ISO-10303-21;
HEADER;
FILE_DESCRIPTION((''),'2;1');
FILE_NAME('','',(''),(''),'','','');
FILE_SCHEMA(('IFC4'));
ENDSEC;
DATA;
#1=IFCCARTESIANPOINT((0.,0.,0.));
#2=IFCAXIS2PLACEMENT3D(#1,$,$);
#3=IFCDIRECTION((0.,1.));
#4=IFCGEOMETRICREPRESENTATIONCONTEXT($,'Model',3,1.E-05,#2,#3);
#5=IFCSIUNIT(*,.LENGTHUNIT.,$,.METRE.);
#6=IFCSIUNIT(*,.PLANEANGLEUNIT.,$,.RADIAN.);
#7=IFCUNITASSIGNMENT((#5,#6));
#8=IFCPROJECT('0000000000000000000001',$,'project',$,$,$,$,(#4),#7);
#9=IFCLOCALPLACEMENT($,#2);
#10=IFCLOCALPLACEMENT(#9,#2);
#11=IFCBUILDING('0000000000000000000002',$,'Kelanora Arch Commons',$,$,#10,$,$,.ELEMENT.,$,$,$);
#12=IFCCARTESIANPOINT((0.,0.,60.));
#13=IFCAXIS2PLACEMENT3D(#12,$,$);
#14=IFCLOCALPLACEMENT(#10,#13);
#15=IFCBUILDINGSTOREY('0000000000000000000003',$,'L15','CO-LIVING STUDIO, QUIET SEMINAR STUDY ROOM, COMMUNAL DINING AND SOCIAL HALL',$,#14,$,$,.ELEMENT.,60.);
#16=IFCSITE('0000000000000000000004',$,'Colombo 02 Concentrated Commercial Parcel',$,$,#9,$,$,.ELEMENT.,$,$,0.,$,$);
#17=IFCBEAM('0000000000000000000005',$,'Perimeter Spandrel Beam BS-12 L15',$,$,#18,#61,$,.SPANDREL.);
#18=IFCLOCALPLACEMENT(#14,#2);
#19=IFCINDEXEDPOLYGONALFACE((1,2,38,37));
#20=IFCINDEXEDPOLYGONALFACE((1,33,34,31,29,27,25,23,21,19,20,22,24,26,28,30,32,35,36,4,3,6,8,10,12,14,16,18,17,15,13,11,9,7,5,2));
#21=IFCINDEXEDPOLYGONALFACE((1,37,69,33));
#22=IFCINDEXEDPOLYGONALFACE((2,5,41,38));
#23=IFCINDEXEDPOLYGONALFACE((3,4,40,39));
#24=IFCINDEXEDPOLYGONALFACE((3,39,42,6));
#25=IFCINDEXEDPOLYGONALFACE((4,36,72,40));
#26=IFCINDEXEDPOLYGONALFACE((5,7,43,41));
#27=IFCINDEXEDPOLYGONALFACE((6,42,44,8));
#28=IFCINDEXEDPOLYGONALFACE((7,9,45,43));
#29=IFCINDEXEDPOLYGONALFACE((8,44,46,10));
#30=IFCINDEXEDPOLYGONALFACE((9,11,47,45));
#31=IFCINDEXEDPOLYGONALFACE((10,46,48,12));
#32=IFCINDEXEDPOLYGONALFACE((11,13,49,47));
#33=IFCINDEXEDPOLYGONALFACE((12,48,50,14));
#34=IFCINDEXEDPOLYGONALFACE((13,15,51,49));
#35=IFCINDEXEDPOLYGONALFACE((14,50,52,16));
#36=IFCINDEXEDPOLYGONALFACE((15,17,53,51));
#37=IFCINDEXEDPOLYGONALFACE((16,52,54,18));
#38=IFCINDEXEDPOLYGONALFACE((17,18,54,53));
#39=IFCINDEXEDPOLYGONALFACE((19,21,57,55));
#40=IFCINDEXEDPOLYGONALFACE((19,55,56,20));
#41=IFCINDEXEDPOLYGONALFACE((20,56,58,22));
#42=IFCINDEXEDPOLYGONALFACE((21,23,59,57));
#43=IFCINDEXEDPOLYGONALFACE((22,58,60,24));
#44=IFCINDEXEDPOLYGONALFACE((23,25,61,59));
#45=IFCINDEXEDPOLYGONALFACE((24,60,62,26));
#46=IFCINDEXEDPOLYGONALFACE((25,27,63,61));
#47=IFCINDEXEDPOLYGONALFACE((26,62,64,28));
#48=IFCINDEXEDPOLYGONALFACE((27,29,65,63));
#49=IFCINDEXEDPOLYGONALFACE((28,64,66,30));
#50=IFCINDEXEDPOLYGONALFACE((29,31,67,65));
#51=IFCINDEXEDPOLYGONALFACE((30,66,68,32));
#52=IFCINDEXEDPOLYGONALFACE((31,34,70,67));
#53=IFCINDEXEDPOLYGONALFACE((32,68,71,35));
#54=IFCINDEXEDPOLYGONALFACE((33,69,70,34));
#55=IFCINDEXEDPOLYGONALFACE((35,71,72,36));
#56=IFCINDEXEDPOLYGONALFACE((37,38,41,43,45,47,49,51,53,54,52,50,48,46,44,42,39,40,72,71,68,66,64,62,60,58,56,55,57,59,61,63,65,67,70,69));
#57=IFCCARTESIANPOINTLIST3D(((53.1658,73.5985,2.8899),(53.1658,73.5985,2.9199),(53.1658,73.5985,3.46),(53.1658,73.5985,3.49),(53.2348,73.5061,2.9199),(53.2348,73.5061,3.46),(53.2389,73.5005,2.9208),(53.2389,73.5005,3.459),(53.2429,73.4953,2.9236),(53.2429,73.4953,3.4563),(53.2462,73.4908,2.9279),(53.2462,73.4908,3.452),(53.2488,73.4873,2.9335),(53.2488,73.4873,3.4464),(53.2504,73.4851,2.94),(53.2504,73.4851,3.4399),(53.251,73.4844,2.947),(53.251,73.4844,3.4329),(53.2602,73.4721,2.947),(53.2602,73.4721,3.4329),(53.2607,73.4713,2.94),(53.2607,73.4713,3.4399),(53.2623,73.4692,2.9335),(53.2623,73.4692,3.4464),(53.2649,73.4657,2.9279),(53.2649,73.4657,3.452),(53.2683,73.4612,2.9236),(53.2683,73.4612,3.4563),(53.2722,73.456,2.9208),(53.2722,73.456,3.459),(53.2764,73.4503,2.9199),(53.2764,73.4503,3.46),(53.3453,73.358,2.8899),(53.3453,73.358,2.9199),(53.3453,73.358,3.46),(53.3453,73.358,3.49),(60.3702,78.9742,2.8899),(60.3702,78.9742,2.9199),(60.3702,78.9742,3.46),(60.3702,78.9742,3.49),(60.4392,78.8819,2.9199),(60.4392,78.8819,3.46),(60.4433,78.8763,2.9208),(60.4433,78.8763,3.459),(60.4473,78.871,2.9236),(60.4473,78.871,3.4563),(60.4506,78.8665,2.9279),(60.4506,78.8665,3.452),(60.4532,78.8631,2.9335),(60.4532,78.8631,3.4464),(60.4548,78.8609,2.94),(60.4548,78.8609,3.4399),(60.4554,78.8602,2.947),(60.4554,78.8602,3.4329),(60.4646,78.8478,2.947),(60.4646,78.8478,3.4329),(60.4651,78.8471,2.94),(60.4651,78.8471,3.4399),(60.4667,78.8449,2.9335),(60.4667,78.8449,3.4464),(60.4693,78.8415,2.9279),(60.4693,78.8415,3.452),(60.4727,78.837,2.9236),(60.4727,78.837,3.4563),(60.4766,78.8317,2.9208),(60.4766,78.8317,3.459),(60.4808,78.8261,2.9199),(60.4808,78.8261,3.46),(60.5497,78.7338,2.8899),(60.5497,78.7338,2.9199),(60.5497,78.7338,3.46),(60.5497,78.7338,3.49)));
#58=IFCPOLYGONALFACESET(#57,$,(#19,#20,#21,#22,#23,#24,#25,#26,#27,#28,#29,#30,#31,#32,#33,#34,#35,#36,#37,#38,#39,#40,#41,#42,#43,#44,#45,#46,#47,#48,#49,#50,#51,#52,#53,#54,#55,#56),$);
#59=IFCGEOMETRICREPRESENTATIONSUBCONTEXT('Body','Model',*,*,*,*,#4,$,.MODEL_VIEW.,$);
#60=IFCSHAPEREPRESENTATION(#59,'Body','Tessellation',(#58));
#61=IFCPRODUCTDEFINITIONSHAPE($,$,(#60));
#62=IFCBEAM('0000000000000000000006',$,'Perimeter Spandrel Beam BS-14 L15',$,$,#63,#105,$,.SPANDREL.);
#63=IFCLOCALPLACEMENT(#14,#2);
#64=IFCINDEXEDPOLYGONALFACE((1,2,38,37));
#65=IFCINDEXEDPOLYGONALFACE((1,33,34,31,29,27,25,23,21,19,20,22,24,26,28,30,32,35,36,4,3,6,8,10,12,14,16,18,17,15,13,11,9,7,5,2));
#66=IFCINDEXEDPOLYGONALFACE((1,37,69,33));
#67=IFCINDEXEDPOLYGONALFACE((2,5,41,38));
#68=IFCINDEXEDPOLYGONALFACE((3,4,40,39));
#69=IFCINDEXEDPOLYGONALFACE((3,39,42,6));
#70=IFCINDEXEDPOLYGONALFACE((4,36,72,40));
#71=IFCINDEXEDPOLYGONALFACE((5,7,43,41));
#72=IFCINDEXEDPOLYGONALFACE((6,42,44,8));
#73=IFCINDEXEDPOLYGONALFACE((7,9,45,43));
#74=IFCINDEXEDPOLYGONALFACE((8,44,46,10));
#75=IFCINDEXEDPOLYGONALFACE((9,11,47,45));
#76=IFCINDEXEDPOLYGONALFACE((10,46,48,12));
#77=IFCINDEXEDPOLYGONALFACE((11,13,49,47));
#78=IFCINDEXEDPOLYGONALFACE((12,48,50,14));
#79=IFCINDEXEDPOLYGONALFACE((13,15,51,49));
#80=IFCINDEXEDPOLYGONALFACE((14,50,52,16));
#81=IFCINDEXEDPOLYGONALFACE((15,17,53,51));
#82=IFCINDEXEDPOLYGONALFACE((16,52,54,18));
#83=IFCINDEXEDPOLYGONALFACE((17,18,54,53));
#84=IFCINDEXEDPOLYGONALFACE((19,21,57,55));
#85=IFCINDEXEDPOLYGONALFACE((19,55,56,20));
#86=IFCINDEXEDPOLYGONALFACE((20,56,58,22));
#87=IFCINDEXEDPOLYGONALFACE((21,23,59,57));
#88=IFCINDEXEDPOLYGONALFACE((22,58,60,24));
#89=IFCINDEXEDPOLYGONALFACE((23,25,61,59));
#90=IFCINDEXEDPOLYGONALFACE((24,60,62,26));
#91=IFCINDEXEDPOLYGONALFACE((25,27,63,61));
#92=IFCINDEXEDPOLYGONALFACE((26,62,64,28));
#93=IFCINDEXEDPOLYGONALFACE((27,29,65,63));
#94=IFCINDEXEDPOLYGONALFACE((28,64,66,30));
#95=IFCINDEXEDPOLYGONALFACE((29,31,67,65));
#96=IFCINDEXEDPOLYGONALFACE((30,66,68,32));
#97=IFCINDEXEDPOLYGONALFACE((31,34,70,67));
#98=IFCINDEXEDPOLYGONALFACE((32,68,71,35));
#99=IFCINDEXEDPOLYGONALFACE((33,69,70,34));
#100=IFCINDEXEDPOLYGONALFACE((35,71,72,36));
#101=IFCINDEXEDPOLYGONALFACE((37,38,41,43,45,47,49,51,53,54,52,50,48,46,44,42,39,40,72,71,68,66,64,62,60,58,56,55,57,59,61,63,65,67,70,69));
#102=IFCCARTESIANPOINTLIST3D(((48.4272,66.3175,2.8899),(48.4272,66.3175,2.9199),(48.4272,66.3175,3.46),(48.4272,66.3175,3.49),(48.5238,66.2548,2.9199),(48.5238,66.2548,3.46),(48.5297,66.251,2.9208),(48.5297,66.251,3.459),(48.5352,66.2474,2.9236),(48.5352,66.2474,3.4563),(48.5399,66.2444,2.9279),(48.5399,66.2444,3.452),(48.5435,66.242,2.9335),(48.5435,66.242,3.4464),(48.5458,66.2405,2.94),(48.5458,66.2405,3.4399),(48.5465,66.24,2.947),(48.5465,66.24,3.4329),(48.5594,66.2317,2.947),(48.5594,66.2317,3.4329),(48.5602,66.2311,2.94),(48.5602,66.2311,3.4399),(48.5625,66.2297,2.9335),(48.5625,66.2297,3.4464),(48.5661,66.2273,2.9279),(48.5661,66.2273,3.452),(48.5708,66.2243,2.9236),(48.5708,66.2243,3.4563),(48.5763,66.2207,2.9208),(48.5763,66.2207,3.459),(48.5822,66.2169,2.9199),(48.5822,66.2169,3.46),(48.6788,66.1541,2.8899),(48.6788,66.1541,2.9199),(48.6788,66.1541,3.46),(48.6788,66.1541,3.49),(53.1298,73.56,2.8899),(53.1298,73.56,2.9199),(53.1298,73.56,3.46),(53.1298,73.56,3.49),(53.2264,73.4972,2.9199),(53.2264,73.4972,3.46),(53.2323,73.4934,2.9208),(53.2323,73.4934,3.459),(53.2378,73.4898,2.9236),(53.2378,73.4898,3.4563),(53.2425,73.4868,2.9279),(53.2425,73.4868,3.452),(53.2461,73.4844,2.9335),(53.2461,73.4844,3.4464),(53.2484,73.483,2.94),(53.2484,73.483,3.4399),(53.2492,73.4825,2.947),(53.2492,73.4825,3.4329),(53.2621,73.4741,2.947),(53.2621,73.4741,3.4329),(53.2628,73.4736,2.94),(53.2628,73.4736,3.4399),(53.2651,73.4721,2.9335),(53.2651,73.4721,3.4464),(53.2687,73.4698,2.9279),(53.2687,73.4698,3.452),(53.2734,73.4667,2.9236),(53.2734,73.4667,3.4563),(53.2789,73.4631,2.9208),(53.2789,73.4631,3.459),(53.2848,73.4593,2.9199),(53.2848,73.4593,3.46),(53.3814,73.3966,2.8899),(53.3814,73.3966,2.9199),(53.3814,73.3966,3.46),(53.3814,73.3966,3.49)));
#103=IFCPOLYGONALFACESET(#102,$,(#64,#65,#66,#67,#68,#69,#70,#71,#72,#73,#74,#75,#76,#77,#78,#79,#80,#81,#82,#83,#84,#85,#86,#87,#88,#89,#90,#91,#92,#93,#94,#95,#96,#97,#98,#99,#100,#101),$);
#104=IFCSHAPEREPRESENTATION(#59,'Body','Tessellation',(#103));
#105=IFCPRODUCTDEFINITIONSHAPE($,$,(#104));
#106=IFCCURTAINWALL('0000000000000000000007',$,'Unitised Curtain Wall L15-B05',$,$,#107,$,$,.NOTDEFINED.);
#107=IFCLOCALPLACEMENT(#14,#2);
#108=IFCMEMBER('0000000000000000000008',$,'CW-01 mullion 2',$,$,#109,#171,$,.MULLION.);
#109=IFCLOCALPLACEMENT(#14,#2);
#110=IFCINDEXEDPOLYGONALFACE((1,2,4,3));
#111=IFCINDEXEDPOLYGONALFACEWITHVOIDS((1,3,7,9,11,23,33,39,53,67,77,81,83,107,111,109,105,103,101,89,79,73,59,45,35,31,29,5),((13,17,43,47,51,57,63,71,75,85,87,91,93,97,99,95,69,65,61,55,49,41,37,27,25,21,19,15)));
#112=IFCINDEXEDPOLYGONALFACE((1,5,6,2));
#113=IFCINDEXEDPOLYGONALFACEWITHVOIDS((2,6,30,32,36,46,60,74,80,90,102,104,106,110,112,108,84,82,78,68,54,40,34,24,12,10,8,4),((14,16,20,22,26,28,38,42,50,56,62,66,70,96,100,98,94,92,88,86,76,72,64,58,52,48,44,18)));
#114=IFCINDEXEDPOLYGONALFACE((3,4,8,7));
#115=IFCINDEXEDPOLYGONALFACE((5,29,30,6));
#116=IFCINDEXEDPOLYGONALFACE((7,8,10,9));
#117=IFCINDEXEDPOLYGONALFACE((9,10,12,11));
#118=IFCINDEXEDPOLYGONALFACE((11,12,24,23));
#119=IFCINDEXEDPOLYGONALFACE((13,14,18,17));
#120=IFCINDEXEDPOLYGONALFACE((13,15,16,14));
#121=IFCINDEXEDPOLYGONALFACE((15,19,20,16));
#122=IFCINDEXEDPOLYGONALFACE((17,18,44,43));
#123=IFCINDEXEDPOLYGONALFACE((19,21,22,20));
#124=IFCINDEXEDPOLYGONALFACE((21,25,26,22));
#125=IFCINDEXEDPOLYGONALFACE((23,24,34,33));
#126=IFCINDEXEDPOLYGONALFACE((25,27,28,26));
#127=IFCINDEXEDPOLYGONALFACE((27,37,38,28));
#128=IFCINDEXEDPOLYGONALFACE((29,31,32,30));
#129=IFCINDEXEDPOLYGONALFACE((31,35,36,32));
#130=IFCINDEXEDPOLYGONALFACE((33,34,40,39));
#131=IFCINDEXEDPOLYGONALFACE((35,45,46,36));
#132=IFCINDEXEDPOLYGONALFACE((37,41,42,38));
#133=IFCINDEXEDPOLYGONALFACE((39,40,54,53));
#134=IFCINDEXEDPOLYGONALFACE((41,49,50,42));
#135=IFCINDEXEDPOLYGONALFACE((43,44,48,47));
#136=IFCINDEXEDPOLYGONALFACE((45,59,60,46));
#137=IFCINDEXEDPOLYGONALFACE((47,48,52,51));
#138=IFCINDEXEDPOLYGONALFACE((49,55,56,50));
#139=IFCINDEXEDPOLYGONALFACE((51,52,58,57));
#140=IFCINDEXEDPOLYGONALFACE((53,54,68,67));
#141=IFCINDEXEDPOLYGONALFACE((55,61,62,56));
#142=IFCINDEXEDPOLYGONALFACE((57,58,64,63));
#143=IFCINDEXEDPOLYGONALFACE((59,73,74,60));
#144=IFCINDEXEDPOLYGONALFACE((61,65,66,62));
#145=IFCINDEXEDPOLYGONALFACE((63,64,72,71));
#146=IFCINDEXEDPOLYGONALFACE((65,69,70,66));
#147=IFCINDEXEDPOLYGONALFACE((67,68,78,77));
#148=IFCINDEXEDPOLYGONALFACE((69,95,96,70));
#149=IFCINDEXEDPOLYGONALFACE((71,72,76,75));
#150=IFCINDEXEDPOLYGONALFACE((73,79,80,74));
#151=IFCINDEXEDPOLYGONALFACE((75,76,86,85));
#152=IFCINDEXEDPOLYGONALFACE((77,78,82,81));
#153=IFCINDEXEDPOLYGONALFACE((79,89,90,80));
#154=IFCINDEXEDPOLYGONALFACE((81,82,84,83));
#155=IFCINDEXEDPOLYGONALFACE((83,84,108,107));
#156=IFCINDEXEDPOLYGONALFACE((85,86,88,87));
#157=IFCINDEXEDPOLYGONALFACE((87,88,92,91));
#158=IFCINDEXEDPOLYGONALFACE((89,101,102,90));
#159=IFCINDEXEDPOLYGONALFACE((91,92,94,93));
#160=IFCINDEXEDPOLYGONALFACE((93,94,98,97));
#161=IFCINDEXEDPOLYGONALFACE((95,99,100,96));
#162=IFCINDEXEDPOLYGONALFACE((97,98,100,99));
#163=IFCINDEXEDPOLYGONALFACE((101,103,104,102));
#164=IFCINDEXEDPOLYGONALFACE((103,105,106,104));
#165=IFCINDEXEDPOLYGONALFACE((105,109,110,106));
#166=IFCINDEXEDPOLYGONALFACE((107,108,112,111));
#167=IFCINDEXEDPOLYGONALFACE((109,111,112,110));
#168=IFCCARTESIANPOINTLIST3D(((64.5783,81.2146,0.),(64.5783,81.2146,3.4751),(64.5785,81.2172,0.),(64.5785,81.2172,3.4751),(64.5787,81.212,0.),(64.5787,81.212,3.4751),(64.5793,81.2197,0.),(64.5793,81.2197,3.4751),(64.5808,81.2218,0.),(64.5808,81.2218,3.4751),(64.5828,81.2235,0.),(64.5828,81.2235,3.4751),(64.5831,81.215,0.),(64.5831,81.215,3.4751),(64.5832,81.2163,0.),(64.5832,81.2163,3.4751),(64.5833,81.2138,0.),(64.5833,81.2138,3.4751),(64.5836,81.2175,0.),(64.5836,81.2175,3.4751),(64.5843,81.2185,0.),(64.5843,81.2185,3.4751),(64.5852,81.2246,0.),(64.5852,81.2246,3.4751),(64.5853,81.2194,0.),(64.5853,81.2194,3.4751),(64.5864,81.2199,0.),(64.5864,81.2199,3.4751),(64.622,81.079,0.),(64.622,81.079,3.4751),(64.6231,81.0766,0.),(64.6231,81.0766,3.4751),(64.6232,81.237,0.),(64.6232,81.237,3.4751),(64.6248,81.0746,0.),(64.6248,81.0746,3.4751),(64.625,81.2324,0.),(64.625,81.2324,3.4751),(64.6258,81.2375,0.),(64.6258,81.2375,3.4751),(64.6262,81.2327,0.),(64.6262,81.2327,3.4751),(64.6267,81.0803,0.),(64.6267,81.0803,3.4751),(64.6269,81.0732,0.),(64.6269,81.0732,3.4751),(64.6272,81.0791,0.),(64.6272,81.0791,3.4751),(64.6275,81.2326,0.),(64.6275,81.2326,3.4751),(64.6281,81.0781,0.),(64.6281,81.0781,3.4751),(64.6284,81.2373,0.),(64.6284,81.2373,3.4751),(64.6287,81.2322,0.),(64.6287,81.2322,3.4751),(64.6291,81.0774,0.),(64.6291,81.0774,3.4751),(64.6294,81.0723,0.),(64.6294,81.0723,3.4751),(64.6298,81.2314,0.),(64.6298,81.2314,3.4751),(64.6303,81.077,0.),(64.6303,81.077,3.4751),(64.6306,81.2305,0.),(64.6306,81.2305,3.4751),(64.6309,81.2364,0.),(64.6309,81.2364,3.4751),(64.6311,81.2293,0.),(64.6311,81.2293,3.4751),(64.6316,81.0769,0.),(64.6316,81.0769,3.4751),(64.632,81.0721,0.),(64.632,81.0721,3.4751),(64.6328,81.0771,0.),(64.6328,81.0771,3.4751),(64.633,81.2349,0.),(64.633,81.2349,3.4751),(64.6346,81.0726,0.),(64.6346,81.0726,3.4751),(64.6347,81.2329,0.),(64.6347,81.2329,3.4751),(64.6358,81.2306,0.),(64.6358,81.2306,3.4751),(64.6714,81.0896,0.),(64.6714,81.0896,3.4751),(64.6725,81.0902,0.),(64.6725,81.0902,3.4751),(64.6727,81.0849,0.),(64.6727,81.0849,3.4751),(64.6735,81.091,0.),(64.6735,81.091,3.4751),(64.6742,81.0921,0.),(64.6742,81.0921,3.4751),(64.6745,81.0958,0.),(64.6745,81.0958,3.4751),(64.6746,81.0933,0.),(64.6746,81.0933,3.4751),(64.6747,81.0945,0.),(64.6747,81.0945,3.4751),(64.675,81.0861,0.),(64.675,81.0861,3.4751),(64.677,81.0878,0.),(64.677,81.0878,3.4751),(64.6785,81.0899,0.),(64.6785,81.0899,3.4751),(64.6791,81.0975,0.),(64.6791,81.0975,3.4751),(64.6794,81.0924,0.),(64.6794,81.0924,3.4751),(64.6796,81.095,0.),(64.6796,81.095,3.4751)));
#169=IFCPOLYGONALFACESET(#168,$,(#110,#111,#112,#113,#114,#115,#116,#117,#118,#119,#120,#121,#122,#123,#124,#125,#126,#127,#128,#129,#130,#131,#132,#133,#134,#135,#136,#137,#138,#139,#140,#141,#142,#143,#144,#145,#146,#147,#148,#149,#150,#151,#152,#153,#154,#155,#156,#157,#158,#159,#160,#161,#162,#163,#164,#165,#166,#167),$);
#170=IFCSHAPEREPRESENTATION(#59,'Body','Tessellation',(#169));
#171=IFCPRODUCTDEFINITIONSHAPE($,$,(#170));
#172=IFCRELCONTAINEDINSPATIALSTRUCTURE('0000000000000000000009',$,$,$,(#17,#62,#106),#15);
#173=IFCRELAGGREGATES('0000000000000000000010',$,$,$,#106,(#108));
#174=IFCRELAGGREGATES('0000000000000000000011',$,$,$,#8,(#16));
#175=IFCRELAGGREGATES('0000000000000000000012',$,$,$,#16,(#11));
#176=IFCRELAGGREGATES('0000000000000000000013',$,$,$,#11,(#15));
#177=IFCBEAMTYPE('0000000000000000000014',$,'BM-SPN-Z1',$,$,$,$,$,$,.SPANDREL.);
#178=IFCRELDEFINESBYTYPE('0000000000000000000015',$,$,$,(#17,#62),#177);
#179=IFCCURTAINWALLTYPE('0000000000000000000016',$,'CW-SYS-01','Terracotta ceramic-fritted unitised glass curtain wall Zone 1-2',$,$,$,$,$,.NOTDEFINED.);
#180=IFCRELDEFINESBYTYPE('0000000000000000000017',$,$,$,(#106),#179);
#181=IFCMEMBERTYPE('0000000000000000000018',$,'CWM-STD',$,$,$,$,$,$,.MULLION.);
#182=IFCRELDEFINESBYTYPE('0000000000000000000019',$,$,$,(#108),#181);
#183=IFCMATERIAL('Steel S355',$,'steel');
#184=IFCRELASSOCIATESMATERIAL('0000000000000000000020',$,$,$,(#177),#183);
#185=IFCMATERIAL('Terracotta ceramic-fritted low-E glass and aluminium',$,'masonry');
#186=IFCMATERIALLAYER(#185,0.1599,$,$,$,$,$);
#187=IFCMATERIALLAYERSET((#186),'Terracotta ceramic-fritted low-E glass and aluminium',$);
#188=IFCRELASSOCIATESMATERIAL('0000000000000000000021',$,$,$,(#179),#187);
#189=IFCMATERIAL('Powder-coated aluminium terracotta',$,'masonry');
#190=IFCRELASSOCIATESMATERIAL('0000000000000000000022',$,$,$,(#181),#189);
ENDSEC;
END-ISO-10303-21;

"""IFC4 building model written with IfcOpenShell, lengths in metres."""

from ifc_helpers import new_model, si_unit, direction, frame, origin, origin_2d, place, context, subcontext, project, spatial, hollow_rectangle, i_section, extrude, material, layer, layer_set, material_profile, profile_set, type_object, element, aggregate, save


model = new_model("IFC4")

# Units and contexts
model_context = context("Model", 3, precision=1e-05, world=origin(), true_north=direction((0.0, 1.0)))
body_context = subcontext(model_context, "Body", "Model", "MODEL_VIEW")
ifc_project = project(units=[si_unit("LENGTHUNIT", "METRE"), si_unit("PLANEANGLEUNIT", "RADIAN")], contexts=[model_context])

# Site, building, storey
site_placement = place(None, origin())
site = spatial("IfcSite", under=ifc_project, at=site_placement, Name="Colombo 02 Concentrated Commercial Parcel", CompositionType="ELEMENT", RefElevation=0.0)
building_placement = place(site_placement, origin())
building = spatial("IfcBuilding", under=site, at=building_placement, Name="Kelanora Arch Commons", CompositionType="ELEMENT")
storey_placement = place(building_placement, frame((0.0, 0.0, 60.0)))
storey = spatial("IfcBuildingStorey", under=building, at=storey_placement, Name="L15", Description="CO-LIVING STUDIO, QUIET SEMINAR STUDY ROOM, COMMUNAL DINING AND SOCIAL HALL", CompositionType="ELEMENT", Elevation=60.0)

# Beams
ifc_material_1 = material(Name="Steel S355", Category="steel")
ifc_material_profile_1 = material_profile(ifc_material_1, i_section(OverallWidth=0.3, OverallDepth=0.6001, WebThickness=0.0154, FlangeThickness=0.03, FilletRadius=0.0271, at=origin_2d()), Name="HEB600")
ifc_profile_set_1 = profile_set([ifc_material_profile_1], Name="Steel S355")
beam_type_1 = type_object("IfcBeamType", Name="BM-SPN-Z1", PredefinedType="SPANDREL", material=ifc_profile_set_1)
beam_1_placement = place(storey_placement, frame((60.46, 78.854, 3.1899), z_axis=(-0.801468, -0.598038, 0.0), x_axis=(0.598038, -0.801468, 0.0)))
element("IfcBeam", 1, at=beam_1_placement, inside=storey, type_object=beam_type_1, Name="Perimeter Spandrel Beam BS-12 L15", PredefinedType="SPANDREL", context=body_context, shape_type="SweptSolid", body=[
    extrude(i_section(OverallWidth=0.3, OverallDepth=0.6001, WebThickness=0.0154, FlangeThickness=0.03, FilletRadius=0.0271, at=origin_2d()), origin(), (0.0, 0.0, 1.0), 8.989),
])
beam_2_placement = place(storey_placement, frame((53.2556, 73.4783, 3.1899), z_axis=(-0.544586, -0.838705, 0.0), x_axis=(0.838705, -0.544586, 0.0)))
element("IfcBeam", 2, at=beam_2_placement, inside=storey, type_object=beam_type_1, Name="Perimeter Spandrel Beam BS-14 L15", PredefinedType="SPANDREL", context=body_context, shape_type="SweptSolid", body=[
    extrude(i_section(OverallWidth=0.3, OverallDepth=0.6001, WebThickness=0.0154, FlangeThickness=0.03, FilletRadius=0.0271, at=origin_2d()), origin(), (0.0, 0.0, 1.0), 8.6353),
])

# Curtain wall, member
ifc_material_2 = material(Name="Terracotta ceramic-fritted low-E glass and aluminium", Category="masonry")
ifc_layer_1 = layer(ifc_material_2, 0.1599)
ifc_layer_set_1 = layer_set([ifc_layer_1], Name="Terracotta ceramic-fritted low-E glass and aluminium")
curtain_wall_type = type_object("IfcCurtainWallType", Name="CW-SYS-01", Description="Terracotta ceramic-fritted unitised glass curtain wall Zone 1-2", PredefinedType="NOTDEFINED", material=ifc_layer_set_1)
curtain_wall_placement = place(storey_placement, origin())
curtain_wall = element("IfcCurtainWall", 3, at=curtain_wall_placement, inside=storey, type_object=curtain_wall_type, Name="Unitised Curtain Wall L15-B05", PredefinedType="NOTDEFINED")
ifc_material_3 = material(Name="Powder-coated aluminium terracotta", Category="masonry")
ifc_material_profile_2 = material_profile(ifc_material_3, hollow_rectangle(XDim=0.1599, YDim=0.0601, WallThickness=0.0049, InnerFilletRadius=0.0049, OuterFilletRadius=0.01, at=origin_2d()), Name="CWM160x60")
ifc_profile_set_2 = profile_set([ifc_material_profile_2], Name="Powder-coated aluminium terracotta")
member_type_1 = type_object("IfcMemberType", Name="CWM-STD", PredefinedType="MULLION", material=ifc_profile_set_2)
member_1_placement = place(storey_placement, frame((64.6289, 81.1548, 0.0), z_axis=(0.0, 0.0, 1.0), x_axis=(0.309058, -0.951043, 0.0)))
member_1 = element("IfcMember", 4, at=member_1_placement, type_object=member_type_1, Name="CW-01 mullion 2", PredefinedType="MULLION", context=body_context, shape_type="SweptSolid", body=[
    extrude(hollow_rectangle(XDim=0.1599, YDim=0.0601, WallThickness=0.0049, InnerFilletRadius=0.0049, OuterFilletRadius=0.01, at=origin_2d()), origin(), (0.0, 0.0, 1.0), 3.4751),
])
aggregate(curtain_wall, [member_1])

save(model, "model.ifc")
